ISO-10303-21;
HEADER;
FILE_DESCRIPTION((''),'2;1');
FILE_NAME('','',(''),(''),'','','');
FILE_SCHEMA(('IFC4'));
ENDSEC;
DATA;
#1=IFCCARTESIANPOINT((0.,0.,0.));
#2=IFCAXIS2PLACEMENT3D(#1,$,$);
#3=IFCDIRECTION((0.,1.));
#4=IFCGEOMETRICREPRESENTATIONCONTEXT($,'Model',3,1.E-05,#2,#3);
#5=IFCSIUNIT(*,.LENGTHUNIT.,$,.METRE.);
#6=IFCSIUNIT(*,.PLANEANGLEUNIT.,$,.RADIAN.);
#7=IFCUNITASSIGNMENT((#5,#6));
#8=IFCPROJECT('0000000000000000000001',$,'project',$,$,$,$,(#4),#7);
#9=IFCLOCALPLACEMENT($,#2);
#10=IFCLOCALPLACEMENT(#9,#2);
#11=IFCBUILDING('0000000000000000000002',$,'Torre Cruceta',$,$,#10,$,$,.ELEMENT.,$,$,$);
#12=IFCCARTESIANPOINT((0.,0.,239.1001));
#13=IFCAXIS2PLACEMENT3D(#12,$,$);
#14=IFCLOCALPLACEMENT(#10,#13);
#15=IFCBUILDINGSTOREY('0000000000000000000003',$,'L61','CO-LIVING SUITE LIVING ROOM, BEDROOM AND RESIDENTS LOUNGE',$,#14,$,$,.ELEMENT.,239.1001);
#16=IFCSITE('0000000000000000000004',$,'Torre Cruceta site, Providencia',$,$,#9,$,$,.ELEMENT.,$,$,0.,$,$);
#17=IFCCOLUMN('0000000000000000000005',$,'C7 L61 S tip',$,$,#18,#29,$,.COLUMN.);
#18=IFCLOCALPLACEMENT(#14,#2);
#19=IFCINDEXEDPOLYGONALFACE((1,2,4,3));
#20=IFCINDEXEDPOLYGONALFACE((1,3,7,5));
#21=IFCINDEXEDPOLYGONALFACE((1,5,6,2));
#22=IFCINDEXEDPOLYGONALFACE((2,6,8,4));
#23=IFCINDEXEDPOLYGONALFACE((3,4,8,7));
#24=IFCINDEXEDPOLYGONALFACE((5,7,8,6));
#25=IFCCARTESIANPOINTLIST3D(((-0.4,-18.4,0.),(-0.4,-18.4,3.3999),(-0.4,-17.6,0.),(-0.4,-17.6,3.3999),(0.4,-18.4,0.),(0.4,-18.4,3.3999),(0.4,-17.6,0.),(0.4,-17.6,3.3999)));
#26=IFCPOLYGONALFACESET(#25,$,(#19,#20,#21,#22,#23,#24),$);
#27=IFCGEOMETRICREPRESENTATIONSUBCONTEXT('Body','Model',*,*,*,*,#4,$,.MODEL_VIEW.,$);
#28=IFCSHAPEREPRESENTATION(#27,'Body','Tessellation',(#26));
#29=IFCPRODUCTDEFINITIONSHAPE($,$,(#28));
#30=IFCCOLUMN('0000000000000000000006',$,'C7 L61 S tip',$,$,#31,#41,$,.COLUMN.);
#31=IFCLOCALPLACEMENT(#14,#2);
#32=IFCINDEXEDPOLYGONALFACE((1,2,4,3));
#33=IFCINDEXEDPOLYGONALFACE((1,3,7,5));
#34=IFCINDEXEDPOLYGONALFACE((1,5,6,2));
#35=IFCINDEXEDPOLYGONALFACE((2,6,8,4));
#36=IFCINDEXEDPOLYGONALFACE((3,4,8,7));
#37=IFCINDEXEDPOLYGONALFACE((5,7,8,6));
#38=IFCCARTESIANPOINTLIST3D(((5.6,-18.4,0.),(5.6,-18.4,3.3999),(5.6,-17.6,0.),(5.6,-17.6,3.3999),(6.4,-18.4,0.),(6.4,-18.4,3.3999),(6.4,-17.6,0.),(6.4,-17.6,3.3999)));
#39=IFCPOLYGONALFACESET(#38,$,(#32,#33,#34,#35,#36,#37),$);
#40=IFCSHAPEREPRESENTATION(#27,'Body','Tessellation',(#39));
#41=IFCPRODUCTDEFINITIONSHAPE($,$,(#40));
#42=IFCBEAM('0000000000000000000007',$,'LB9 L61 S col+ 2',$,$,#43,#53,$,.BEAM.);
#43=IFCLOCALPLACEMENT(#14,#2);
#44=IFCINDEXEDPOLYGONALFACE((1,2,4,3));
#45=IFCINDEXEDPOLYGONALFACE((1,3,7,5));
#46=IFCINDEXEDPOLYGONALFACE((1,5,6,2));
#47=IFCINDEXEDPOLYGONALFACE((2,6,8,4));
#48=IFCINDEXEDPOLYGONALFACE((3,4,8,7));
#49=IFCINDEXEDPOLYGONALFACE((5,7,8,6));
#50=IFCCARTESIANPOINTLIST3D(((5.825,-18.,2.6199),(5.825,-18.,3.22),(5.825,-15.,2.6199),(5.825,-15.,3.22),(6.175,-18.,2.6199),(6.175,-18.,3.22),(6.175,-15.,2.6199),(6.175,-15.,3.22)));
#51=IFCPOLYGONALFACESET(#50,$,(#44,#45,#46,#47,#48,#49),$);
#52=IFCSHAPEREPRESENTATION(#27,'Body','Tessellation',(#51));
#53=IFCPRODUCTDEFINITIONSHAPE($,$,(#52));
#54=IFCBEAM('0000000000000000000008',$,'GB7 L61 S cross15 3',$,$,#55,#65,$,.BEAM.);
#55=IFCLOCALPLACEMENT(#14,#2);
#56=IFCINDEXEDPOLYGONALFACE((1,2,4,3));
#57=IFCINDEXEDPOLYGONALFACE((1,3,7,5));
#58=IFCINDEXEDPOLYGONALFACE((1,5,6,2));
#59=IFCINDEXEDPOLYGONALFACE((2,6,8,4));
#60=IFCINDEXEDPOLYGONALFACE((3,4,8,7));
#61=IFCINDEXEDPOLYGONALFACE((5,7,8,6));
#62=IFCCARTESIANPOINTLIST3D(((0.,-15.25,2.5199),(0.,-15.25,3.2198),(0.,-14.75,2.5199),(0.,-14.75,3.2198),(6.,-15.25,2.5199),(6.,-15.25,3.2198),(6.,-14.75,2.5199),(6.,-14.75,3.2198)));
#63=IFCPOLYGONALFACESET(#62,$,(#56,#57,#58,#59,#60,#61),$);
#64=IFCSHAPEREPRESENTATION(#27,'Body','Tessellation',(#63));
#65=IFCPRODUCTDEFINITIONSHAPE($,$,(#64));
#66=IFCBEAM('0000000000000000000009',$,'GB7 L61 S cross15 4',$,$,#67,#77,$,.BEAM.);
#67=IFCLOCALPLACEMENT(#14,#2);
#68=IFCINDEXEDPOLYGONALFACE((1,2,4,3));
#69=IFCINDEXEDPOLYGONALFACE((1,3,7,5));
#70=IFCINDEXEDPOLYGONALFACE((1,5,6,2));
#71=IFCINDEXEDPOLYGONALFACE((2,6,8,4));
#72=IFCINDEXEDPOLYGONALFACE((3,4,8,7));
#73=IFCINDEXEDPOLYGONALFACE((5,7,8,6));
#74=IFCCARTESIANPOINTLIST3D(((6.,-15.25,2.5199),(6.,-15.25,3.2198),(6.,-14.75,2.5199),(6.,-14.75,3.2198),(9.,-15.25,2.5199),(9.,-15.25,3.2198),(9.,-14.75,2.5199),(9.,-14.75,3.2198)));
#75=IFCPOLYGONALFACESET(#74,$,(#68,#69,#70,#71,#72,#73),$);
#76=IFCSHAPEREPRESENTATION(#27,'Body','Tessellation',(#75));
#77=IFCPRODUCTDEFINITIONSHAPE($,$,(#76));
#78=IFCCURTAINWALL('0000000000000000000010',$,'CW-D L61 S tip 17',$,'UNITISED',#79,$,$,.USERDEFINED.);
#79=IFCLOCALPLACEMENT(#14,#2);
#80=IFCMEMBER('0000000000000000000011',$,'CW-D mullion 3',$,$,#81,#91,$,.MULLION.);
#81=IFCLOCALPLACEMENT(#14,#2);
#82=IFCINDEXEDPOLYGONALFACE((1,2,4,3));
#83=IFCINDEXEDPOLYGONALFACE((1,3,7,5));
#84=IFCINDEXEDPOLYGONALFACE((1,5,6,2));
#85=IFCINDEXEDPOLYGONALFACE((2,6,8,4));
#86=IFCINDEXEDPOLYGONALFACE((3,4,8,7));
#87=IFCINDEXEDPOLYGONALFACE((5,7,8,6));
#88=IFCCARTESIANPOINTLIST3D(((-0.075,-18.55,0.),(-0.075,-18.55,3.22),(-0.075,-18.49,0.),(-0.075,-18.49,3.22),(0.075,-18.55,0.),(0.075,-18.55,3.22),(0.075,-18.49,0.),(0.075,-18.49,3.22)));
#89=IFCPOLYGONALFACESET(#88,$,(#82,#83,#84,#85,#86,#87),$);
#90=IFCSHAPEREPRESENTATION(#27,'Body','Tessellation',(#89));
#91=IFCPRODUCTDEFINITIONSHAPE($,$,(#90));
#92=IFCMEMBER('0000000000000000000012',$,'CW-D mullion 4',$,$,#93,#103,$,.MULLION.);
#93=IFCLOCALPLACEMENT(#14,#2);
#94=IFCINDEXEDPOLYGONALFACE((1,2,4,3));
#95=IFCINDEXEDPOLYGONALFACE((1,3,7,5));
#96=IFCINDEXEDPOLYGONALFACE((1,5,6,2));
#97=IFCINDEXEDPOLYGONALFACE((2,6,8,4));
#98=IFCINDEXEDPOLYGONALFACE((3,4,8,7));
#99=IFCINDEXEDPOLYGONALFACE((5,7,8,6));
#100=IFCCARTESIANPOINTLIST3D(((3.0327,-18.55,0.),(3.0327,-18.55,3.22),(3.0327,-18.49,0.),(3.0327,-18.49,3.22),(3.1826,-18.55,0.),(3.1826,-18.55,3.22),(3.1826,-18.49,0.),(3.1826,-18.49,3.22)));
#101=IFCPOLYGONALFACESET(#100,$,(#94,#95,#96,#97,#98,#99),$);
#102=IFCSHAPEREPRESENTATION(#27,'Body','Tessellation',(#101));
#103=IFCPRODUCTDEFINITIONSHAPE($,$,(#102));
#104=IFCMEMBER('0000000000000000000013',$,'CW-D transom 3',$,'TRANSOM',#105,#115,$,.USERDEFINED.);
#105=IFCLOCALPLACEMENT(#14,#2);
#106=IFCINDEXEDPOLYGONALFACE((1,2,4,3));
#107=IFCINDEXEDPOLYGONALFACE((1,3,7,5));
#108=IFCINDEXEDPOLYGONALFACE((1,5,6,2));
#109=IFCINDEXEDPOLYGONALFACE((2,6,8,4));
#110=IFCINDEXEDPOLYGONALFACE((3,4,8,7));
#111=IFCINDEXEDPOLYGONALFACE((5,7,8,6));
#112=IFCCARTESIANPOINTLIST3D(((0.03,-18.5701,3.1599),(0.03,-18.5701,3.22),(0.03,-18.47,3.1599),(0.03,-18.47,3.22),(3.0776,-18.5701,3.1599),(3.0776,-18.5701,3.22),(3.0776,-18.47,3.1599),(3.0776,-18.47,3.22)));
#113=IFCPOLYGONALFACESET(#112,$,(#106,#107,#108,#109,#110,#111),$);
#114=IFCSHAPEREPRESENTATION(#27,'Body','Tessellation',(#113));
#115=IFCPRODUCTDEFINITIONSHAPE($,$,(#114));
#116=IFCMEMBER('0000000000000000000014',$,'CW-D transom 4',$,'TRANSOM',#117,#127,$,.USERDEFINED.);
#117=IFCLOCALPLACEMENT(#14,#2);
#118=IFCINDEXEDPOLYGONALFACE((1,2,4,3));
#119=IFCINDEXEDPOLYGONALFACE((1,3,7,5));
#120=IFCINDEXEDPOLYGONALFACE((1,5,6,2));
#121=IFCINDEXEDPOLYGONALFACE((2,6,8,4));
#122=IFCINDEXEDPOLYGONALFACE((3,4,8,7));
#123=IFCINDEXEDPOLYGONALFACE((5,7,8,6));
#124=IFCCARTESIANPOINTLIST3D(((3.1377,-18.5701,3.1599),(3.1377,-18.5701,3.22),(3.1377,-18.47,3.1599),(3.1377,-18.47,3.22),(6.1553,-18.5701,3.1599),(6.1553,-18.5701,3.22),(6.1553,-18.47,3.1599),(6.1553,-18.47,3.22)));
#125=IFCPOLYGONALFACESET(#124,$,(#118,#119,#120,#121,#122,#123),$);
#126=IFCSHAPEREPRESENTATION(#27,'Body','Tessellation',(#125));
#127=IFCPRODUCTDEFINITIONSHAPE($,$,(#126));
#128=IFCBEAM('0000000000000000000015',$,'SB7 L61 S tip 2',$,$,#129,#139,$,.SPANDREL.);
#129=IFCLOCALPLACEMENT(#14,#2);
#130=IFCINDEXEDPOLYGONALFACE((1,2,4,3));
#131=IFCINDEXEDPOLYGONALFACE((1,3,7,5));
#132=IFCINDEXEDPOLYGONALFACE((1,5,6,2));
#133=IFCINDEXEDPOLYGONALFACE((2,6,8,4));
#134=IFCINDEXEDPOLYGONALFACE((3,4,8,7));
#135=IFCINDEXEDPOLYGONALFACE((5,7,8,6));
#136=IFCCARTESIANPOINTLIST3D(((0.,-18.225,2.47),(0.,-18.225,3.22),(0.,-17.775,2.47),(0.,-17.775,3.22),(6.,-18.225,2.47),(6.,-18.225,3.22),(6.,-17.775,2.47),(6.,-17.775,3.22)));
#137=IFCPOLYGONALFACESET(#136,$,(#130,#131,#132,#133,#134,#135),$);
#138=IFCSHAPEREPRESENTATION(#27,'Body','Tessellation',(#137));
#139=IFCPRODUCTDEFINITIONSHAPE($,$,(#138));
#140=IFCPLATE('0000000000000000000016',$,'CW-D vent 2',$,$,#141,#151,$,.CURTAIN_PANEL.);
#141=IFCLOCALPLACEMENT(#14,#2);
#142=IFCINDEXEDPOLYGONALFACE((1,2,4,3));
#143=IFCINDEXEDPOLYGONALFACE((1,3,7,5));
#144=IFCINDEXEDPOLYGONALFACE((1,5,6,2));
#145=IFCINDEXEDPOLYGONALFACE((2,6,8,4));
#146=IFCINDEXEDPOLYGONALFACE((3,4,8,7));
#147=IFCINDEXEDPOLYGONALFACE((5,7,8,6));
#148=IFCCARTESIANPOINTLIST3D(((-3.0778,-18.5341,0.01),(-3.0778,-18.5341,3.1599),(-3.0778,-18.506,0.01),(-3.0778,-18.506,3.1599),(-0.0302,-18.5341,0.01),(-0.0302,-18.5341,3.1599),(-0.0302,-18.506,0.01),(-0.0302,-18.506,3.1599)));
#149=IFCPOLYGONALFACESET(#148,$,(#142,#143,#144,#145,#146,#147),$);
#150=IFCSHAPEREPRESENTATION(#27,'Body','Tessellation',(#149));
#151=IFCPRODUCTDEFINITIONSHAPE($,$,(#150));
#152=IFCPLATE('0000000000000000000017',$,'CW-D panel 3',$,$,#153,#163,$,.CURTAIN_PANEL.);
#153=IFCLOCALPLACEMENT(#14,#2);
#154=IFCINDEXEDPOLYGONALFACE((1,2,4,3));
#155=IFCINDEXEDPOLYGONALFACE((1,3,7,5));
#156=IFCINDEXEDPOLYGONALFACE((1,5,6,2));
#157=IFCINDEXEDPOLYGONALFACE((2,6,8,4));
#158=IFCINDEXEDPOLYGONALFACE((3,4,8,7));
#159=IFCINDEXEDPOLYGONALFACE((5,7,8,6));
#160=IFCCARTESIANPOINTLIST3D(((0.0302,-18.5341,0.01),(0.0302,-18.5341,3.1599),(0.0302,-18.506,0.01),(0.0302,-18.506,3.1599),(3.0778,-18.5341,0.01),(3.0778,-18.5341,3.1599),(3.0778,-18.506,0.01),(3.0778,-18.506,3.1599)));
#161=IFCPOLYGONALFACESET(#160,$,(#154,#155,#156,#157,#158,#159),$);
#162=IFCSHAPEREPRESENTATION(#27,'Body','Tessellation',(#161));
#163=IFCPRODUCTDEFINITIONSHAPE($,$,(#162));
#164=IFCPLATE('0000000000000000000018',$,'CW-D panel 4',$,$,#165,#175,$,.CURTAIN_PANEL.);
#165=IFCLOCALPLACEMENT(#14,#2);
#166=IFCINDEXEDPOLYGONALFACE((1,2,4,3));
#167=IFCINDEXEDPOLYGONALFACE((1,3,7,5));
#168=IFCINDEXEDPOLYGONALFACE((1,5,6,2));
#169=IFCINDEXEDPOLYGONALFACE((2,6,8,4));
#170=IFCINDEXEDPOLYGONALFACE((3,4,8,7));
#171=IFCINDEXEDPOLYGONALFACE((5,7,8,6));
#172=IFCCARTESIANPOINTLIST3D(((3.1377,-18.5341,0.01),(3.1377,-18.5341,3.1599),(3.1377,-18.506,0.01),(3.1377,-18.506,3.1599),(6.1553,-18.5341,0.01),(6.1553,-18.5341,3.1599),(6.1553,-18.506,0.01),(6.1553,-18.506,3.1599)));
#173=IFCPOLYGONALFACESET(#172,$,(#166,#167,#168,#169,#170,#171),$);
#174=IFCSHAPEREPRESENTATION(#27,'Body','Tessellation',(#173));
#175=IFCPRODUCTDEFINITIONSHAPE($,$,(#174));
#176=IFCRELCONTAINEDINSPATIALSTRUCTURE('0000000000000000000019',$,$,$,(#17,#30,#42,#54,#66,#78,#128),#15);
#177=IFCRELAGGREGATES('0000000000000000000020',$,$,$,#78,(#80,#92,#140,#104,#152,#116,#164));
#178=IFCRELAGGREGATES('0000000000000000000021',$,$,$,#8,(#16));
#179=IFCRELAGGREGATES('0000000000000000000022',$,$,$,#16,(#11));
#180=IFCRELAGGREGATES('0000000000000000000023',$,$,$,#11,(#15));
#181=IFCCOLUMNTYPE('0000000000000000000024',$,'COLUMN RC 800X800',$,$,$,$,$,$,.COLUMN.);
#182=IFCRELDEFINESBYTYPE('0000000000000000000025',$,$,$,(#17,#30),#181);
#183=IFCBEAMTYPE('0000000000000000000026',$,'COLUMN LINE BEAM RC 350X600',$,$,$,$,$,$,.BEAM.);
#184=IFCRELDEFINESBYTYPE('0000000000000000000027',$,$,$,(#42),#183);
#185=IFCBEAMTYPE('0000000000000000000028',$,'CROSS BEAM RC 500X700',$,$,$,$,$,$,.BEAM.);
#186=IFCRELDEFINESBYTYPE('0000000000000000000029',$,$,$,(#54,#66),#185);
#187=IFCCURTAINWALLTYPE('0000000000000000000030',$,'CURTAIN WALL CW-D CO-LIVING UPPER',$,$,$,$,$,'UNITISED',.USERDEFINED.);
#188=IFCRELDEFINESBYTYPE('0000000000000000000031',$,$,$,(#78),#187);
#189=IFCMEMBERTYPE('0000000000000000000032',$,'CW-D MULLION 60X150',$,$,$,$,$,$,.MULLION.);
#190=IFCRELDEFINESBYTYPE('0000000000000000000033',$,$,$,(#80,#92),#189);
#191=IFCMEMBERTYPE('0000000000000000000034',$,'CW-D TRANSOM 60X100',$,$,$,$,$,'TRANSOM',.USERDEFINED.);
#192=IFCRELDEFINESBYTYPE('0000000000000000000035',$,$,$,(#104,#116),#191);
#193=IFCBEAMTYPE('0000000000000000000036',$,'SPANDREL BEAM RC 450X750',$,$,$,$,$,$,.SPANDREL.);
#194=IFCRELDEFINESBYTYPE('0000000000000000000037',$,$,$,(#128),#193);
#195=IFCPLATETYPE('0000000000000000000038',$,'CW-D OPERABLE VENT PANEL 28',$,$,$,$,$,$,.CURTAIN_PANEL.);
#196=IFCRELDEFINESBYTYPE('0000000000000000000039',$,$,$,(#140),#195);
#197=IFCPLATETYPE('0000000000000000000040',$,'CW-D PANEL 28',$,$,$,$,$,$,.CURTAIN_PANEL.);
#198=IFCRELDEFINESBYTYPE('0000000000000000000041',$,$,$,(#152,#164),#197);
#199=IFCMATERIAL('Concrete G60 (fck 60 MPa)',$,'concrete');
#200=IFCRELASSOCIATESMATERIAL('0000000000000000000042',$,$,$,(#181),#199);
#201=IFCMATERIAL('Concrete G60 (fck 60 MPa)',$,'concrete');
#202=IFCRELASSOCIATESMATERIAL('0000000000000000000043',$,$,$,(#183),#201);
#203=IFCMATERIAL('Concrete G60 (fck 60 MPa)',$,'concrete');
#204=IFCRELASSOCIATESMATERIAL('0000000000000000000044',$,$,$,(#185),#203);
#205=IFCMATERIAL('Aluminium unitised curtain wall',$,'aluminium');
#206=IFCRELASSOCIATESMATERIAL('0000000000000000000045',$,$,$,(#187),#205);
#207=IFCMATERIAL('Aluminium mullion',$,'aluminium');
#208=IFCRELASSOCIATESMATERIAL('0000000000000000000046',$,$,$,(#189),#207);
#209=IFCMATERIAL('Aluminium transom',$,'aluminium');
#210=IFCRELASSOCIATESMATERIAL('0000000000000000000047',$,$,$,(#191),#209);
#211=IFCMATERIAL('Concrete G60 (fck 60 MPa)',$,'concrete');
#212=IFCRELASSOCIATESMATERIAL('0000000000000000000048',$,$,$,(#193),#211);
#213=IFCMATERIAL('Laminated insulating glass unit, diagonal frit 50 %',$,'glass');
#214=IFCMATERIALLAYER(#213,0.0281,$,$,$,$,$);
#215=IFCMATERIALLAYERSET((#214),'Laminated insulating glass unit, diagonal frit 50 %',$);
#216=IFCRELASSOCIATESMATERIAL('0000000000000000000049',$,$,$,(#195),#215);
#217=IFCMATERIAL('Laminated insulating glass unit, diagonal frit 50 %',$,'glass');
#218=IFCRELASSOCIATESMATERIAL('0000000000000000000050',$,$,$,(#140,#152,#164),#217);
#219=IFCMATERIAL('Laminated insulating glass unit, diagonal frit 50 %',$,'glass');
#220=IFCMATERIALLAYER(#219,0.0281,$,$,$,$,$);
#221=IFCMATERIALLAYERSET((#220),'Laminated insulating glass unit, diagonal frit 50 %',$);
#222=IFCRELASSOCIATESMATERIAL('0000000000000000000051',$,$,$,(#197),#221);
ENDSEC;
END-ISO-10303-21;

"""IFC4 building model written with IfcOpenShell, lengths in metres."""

from ifc_helpers import new_model, si_unit, direction, frame, origin, origin_2d, place, context, subcontext, project, spatial, rectangle, extrude, material, layer, layer_set, material_profile, profile_set, type_object, element, aggregate, save


model = new_model("IFC4")

# Units and contexts
model_context = context("Model", 3, precision=1e-05, world=origin(), true_north=direction((0.0, 1.0)))
body_context = subcontext(model_context, "Body", "Model", "MODEL_VIEW")
ifc_project = project(units=[si_unit("LENGTHUNIT", "METRE"), si_unit("PLANEANGLEUNIT", "RADIAN")], contexts=[model_context])

# Site, building, storey
site_placement = place(None, origin())
site = spatial("IfcSite", under=ifc_project, at=site_placement, Name="Torre Cruceta site, Providencia", CompositionType="ELEMENT", RefElevation=0.0)
building_placement = place(site_placement, origin())
building = spatial("IfcBuilding", under=site, at=building_placement, Name="Torre Cruceta", CompositionType="ELEMENT")
storey_placement = place(building_placement, frame((0.0, 0.0, 239.1001)))
storey = spatial("IfcBuildingStorey", under=building, at=storey_placement, Name="L61", Description="CO-LIVING SUITE LIVING ROOM, BEDROOM AND RESIDENTS LOUNGE", CompositionType="ELEMENT", Elevation=239.1001)

# Columns
ifc_material_1 = material(Name="Concrete G60 (fck 60 MPa)", Category="concrete")
ifc_material_profile_1 = material_profile(ifc_material_1, rectangle(XDim=0.8, YDim=0.8, at=origin_2d()), Name="RC 800X800")
ifc_profile_set_1 = profile_set([ifc_material_profile_1], Name="Concrete G60 (fck 60 MPa)")
column_type = type_object("IfcColumnType", Name="COLUMN RC 800X800", PredefinedType="COLUMN", material=ifc_profile_set_1)
for number, where, z_axis, x_axis, name in (
    (1, (0.0, -18.0, 0.0), (0.0, 0.0, 1.0), (1.0, 0.0, 0.0), "C7 L61 S tip"),
    (2, (6.0, -18.0, 0.0), (0.0, 0.0, 1.0), (1.0, 0.0, 0.0), "C7 L61 S tip"),
):
    element("IfcColumn", number, at=place(storey_placement, frame(where, z_axis=z_axis, x_axis=x_axis)), inside=storey, type_object=column_type, Name=name, PredefinedType="COLUMN", context=body_context, shape_type="SweptSolid", body=[
        extrude(rectangle(XDim=0.8, YDim=0.8, at=origin_2d()), origin(), (0.0, 0.0, 1.0), 3.3999),
    ])

# Beams
ifc_material_2 = material(Name="Concrete G60 (fck 60 MPa)", Category="concrete")
ifc_material_profile_2 = material_profile(ifc_material_2, rectangle(XDim=0.3501, YDim=0.6001, at=origin_2d()), Name="RC 350X600")
ifc_profile_set_2 = profile_set([ifc_material_profile_2], Name="Concrete G60 (fck 60 MPa)")
beam_type_1 = type_object("IfcBeamType", Name="COLUMN LINE BEAM RC 350X600", PredefinedType="BEAM", material=ifc_profile_set_2)
beam_1_placement = place(storey_placement, frame((6.0, -15.0, 2.9199), z_axis=(0.0, -1.0, 0.0), x_axis=(1.0, 0.0, 0.0)))
element("IfcBeam", 3, at=beam_1_placement, inside=storey, type_object=beam_type_1, Name="LB9 L61 S col+ 2", PredefinedType="BEAM", context=body_context, shape_type="SweptSolid", body=[
    extrude(rectangle(XDim=0.3501, YDim=0.6001, at=origin_2d()), origin(), (0.0, 0.0, 1.0), 3.0),
])
ifc_material_3 = material(Name="Concrete G60 (fck 60 MPa)", Category="concrete")
ifc_material_profile_3 = material_profile(ifc_material_3, rectangle(XDim=0.5, YDim=0.7, at=origin_2d()), Name="RC 500X700")
ifc_profile_set_3 = profile_set([ifc_material_profile_3], Name="Concrete G60 (fck 60 MPa)")
beam_type_2 = type_object("IfcBeamType", Name="CROSS BEAM RC 500X700", PredefinedType="BEAM", material=ifc_profile_set_3)
beam_2_placement = place(storey_placement, frame((0.0, -15.0, 2.8699), z_axis=(1.0, 0.0, 0.0), x_axis=(0.0, 1.0, 0.0)))
element("IfcBeam", 4, at=beam_2_placement, inside=storey, type_object=beam_type_2, Name="GB7 L61 S cross15 3", PredefinedType="BEAM", context=body_context, shape_type="SweptSolid", body=[
    extrude(rectangle(XDim=0.5, YDim=0.7, at=origin_2d()), origin(), (0.0, 0.0, 1.0), 6.0),
])
beam_3_placement = place(storey_placement, frame((6.0, -15.0, 2.8699), z_axis=(1.0, 0.0, 0.0), x_axis=(0.0, 1.0, 0.0)))
element("IfcBeam", 5, at=beam_3_placement, inside=storey, type_object=beam_type_2, Name="GB7 L61 S cross15 4", PredefinedType="BEAM", context=body_context, shape_type="SweptSolid", body=[
    extrude(rectangle(XDim=0.5, YDim=0.7, at=origin_2d()), origin(), (0.0, 0.0, 1.0), 3.0),
])

# Curtain wall, members
ifc_material_4 = material(Name="Aluminium unitised curtain wall", Category="aluminium")
curtain_wall_type = type_object("IfcCurtainWallType", Name="CURTAIN WALL CW-D CO-LIVING UPPER", ElementType="UNITISED", PredefinedType="USERDEFINED", material=ifc_material_4)
curtain_wall_placement = place(storey_placement, origin())
curtain_wall = element("IfcCurtainWall", 6, at=curtain_wall_placement, inside=storey, type_object=curtain_wall_type, Name="CW-D L61 S tip 17", ObjectType="UNITISED", PredefinedType="USERDEFINED")
ifc_material_5 = material(Name="Aluminium mullion", Category="aluminium")
ifc_material_profile_4 = material_profile(ifc_material_5, rectangle(XDim=0.0601, YDim=0.1499, at=origin_2d()), Name="AL 60X150")
ifc_profile_set_4 = profile_set([ifc_material_profile_4], Name="Aluminium mullion")
member_type_1 = type_object("IfcMemberType", Name="CW-D MULLION 60X150", PredefinedType="MULLION", material=ifc_profile_set_4)
member_1_placement = place(storey_placement, frame((0.0, -18.52, 0.0), z_axis=(0.0, 0.0, 1.0), x_axis=(0.0, 1.0, 0.0)))
member_1 = element("IfcMember", 7, at=member_1_placement, type_object=member_type_1, Name="CW-D mullion 3", PredefinedType="MULLION", context=body_context, shape_type="SweptSolid", body=[
    extrude(rectangle(XDim=0.0601, YDim=0.1499, at=origin_2d()), origin(), (0.0, 0.0, 1.0), 3.22),
])
member_2_placement = place(storey_placement, frame((3.1077, -18.52, 0.0), z_axis=(0.0, 0.0, 1.0), x_axis=(0.0, 1.0, 0.0)))
member_2 = element("IfcMember", 8, at=member_2_placement, type_object=member_type_1, Name="CW-D mullion 4", PredefinedType="MULLION", context=body_context, shape_type="SweptSolid", body=[
    extrude(rectangle(XDim=0.0601, YDim=0.1499, at=origin_2d()), origin(), (0.0, 0.0, 1.0), 3.22),
])
ifc_material_6 = material(Name="Aluminium transom", Category="aluminium")
ifc_material_profile_5 = material_profile(ifc_material_6, rectangle(XDim=0.1001, YDim=0.0601, at=origin_2d()), Name="AL 100X60")
ifc_profile_set_5 = profile_set([ifc_material_profile_5], Name="Aluminium transom")
member_type_2 = type_object("IfcMemberType", Name="CW-D TRANSOM 60X100", ElementType="TRANSOM", PredefinedType="USERDEFINED", material=ifc_profile_set_5)
member_3_placement = place(storey_placement, frame((0.03, -18.52, 3.1899), z_axis=(1.0, 0.0, 0.0), x_axis=(0.0, 1.0, 0.0)))
member_3 = element("IfcMember", 9, at=member_3_placement, type_object=member_type_2, Name="CW-D transom 3", ObjectType="TRANSOM", PredefinedType="USERDEFINED", context=body_context, shape_type="SweptSolid", body=[
    extrude(rectangle(XDim=0.1001, YDim=0.0601, at=origin_2d()), origin(), (0.0, 0.0, 1.0), 3.0476),
])
member_4_placement = place(storey_placement, frame((3.1377, -18.52, 3.1899), z_axis=(1.0, 0.0, 0.0), x_axis=(0.0, 1.0, 0.0)))
member_4 = element("IfcMember", 10, at=member_4_placement, type_object=member_type_2, Name="CW-D transom 4", ObjectType="TRANSOM", PredefinedType="USERDEFINED", context=body_context, shape_type="SweptSolid", body=[
    extrude(rectangle(XDim=0.1001, YDim=0.0601, at=origin_2d()), origin(), (0.0, 0.0, 1.0), 3.0176),
])

# Beam
ifc_material_7 = material(Name="Concrete G60 (fck 60 MPa)", Category="concrete")
ifc_material_profile_6 = material_profile(ifc_material_7, rectangle(XDim=0.45, YDim=0.75, at=origin_2d()), Name="RC 450X750")
ifc_profile_set_6 = profile_set([ifc_material_profile_6], Name="Concrete G60 (fck 60 MPa)")
beam_type_3 = type_object("IfcBeamType", Name="SPANDREL BEAM RC 450X750", PredefinedType="SPANDREL", material=ifc_profile_set_6)
beam_4_placement = place(storey_placement, frame((0.0, -18.0, 2.845), z_axis=(1.0, 0.0, 0.0), x_axis=(0.0, 1.0, 0.0)))
element("IfcBeam", 11, at=beam_4_placement, inside=storey, type_object=beam_type_3, Name="SB7 L61 S tip 2", PredefinedType="SPANDREL", context=body_context, shape_type="SweptSolid", body=[
    extrude(rectangle(XDim=0.45, YDim=0.75, at=origin_2d()), origin(), (0.0, 0.0, 1.0), 6.0),
])

# Plates
ifc_material_8 = material(Name="Laminated insulating glass unit, diagonal frit 50 %", Category="glass")
ifc_material_9 = material(Name="Laminated insulating glass unit, diagonal frit 50 %", Category="glass")
ifc_layer_1 = layer(ifc_material_9, 0.0281)
ifc_layer_set_1 = layer_set([ifc_layer_1], Name="Laminated insulating glass unit, diagonal frit 50 %")
plate_type_1 = type_object("IfcPlateType", Name="CW-D OPERABLE VENT PANEL 28", PredefinedType="CURTAIN_PANEL", material=ifc_layer_set_1)
plate_1_placement = place(storey_placement, frame((-1.554, -18.52, 0.01), z_axis=(0.0, 0.0, 1.0), x_axis=(1.0, 0.0, 0.0)))
plate_1 = element("IfcPlate", 12, at=plate_1_placement, type_object=plate_type_1, material=ifc_material_8, Name="CW-D vent 2", PredefinedType="CURTAIN_PANEL", context=body_context, shape_type="SweptSolid", body=[
    extrude(rectangle(XDim=3.0476, YDim=0.0281, at=origin_2d()), origin(), (0.0, 0.0, 1.0), 3.1499),
])
ifc_material_10 = material(Name="Laminated insulating glass unit, diagonal frit 50 %", Category="glass")
ifc_layer_2 = layer(ifc_material_10, 0.0281)
ifc_layer_set_2 = layer_set([ifc_layer_2], Name="Laminated insulating glass unit, diagonal frit 50 %")
plate_type_2 = type_object("IfcPlateType", Name="CW-D PANEL 28", PredefinedType="CURTAIN_PANEL", material=ifc_layer_set_2)
plate_2_placement = place(storey_placement, frame((1.554, -18.52, 0.01), z_axis=(0.0, 0.0, 1.0), x_axis=(1.0, 0.0, 0.0)))
plate_2 = element("IfcPlate", 13, at=plate_2_placement, type_object=plate_type_2, material=ifc_material_8, Name="CW-D panel 3", PredefinedType="CURTAIN_PANEL", context=body_context, shape_type="SweptSolid", body=[
    extrude(rectangle(XDim=3.0476, YDim=0.0281, at=origin_2d()), origin(), (0.0, 0.0, 1.0), 3.1499),
])
plate_3_placement = place(storey_placement, frame((4.6465, -18.52, 0.01), z_axis=(0.0, 0.0, 1.0), x_axis=(1.0, 0.0, 0.0)))
plate_3 = element("IfcPlate", 14, at=plate_3_placement, type_object=plate_type_2, material=ifc_material_8, Name="CW-D panel 4", PredefinedType="CURTAIN_PANEL", context=body_context, shape_type="SweptSolid", body=[
    extrude(rectangle(XDim=3.0176, YDim=0.0281, at=origin_2d()), origin(), (0.0, 0.0, 1.0), 3.1499),
])
aggregate(curtain_wall, [member_1, member_2, plate_1, member_3, plate_2, member_4, plate_3])

save(model, "model.ifc")
